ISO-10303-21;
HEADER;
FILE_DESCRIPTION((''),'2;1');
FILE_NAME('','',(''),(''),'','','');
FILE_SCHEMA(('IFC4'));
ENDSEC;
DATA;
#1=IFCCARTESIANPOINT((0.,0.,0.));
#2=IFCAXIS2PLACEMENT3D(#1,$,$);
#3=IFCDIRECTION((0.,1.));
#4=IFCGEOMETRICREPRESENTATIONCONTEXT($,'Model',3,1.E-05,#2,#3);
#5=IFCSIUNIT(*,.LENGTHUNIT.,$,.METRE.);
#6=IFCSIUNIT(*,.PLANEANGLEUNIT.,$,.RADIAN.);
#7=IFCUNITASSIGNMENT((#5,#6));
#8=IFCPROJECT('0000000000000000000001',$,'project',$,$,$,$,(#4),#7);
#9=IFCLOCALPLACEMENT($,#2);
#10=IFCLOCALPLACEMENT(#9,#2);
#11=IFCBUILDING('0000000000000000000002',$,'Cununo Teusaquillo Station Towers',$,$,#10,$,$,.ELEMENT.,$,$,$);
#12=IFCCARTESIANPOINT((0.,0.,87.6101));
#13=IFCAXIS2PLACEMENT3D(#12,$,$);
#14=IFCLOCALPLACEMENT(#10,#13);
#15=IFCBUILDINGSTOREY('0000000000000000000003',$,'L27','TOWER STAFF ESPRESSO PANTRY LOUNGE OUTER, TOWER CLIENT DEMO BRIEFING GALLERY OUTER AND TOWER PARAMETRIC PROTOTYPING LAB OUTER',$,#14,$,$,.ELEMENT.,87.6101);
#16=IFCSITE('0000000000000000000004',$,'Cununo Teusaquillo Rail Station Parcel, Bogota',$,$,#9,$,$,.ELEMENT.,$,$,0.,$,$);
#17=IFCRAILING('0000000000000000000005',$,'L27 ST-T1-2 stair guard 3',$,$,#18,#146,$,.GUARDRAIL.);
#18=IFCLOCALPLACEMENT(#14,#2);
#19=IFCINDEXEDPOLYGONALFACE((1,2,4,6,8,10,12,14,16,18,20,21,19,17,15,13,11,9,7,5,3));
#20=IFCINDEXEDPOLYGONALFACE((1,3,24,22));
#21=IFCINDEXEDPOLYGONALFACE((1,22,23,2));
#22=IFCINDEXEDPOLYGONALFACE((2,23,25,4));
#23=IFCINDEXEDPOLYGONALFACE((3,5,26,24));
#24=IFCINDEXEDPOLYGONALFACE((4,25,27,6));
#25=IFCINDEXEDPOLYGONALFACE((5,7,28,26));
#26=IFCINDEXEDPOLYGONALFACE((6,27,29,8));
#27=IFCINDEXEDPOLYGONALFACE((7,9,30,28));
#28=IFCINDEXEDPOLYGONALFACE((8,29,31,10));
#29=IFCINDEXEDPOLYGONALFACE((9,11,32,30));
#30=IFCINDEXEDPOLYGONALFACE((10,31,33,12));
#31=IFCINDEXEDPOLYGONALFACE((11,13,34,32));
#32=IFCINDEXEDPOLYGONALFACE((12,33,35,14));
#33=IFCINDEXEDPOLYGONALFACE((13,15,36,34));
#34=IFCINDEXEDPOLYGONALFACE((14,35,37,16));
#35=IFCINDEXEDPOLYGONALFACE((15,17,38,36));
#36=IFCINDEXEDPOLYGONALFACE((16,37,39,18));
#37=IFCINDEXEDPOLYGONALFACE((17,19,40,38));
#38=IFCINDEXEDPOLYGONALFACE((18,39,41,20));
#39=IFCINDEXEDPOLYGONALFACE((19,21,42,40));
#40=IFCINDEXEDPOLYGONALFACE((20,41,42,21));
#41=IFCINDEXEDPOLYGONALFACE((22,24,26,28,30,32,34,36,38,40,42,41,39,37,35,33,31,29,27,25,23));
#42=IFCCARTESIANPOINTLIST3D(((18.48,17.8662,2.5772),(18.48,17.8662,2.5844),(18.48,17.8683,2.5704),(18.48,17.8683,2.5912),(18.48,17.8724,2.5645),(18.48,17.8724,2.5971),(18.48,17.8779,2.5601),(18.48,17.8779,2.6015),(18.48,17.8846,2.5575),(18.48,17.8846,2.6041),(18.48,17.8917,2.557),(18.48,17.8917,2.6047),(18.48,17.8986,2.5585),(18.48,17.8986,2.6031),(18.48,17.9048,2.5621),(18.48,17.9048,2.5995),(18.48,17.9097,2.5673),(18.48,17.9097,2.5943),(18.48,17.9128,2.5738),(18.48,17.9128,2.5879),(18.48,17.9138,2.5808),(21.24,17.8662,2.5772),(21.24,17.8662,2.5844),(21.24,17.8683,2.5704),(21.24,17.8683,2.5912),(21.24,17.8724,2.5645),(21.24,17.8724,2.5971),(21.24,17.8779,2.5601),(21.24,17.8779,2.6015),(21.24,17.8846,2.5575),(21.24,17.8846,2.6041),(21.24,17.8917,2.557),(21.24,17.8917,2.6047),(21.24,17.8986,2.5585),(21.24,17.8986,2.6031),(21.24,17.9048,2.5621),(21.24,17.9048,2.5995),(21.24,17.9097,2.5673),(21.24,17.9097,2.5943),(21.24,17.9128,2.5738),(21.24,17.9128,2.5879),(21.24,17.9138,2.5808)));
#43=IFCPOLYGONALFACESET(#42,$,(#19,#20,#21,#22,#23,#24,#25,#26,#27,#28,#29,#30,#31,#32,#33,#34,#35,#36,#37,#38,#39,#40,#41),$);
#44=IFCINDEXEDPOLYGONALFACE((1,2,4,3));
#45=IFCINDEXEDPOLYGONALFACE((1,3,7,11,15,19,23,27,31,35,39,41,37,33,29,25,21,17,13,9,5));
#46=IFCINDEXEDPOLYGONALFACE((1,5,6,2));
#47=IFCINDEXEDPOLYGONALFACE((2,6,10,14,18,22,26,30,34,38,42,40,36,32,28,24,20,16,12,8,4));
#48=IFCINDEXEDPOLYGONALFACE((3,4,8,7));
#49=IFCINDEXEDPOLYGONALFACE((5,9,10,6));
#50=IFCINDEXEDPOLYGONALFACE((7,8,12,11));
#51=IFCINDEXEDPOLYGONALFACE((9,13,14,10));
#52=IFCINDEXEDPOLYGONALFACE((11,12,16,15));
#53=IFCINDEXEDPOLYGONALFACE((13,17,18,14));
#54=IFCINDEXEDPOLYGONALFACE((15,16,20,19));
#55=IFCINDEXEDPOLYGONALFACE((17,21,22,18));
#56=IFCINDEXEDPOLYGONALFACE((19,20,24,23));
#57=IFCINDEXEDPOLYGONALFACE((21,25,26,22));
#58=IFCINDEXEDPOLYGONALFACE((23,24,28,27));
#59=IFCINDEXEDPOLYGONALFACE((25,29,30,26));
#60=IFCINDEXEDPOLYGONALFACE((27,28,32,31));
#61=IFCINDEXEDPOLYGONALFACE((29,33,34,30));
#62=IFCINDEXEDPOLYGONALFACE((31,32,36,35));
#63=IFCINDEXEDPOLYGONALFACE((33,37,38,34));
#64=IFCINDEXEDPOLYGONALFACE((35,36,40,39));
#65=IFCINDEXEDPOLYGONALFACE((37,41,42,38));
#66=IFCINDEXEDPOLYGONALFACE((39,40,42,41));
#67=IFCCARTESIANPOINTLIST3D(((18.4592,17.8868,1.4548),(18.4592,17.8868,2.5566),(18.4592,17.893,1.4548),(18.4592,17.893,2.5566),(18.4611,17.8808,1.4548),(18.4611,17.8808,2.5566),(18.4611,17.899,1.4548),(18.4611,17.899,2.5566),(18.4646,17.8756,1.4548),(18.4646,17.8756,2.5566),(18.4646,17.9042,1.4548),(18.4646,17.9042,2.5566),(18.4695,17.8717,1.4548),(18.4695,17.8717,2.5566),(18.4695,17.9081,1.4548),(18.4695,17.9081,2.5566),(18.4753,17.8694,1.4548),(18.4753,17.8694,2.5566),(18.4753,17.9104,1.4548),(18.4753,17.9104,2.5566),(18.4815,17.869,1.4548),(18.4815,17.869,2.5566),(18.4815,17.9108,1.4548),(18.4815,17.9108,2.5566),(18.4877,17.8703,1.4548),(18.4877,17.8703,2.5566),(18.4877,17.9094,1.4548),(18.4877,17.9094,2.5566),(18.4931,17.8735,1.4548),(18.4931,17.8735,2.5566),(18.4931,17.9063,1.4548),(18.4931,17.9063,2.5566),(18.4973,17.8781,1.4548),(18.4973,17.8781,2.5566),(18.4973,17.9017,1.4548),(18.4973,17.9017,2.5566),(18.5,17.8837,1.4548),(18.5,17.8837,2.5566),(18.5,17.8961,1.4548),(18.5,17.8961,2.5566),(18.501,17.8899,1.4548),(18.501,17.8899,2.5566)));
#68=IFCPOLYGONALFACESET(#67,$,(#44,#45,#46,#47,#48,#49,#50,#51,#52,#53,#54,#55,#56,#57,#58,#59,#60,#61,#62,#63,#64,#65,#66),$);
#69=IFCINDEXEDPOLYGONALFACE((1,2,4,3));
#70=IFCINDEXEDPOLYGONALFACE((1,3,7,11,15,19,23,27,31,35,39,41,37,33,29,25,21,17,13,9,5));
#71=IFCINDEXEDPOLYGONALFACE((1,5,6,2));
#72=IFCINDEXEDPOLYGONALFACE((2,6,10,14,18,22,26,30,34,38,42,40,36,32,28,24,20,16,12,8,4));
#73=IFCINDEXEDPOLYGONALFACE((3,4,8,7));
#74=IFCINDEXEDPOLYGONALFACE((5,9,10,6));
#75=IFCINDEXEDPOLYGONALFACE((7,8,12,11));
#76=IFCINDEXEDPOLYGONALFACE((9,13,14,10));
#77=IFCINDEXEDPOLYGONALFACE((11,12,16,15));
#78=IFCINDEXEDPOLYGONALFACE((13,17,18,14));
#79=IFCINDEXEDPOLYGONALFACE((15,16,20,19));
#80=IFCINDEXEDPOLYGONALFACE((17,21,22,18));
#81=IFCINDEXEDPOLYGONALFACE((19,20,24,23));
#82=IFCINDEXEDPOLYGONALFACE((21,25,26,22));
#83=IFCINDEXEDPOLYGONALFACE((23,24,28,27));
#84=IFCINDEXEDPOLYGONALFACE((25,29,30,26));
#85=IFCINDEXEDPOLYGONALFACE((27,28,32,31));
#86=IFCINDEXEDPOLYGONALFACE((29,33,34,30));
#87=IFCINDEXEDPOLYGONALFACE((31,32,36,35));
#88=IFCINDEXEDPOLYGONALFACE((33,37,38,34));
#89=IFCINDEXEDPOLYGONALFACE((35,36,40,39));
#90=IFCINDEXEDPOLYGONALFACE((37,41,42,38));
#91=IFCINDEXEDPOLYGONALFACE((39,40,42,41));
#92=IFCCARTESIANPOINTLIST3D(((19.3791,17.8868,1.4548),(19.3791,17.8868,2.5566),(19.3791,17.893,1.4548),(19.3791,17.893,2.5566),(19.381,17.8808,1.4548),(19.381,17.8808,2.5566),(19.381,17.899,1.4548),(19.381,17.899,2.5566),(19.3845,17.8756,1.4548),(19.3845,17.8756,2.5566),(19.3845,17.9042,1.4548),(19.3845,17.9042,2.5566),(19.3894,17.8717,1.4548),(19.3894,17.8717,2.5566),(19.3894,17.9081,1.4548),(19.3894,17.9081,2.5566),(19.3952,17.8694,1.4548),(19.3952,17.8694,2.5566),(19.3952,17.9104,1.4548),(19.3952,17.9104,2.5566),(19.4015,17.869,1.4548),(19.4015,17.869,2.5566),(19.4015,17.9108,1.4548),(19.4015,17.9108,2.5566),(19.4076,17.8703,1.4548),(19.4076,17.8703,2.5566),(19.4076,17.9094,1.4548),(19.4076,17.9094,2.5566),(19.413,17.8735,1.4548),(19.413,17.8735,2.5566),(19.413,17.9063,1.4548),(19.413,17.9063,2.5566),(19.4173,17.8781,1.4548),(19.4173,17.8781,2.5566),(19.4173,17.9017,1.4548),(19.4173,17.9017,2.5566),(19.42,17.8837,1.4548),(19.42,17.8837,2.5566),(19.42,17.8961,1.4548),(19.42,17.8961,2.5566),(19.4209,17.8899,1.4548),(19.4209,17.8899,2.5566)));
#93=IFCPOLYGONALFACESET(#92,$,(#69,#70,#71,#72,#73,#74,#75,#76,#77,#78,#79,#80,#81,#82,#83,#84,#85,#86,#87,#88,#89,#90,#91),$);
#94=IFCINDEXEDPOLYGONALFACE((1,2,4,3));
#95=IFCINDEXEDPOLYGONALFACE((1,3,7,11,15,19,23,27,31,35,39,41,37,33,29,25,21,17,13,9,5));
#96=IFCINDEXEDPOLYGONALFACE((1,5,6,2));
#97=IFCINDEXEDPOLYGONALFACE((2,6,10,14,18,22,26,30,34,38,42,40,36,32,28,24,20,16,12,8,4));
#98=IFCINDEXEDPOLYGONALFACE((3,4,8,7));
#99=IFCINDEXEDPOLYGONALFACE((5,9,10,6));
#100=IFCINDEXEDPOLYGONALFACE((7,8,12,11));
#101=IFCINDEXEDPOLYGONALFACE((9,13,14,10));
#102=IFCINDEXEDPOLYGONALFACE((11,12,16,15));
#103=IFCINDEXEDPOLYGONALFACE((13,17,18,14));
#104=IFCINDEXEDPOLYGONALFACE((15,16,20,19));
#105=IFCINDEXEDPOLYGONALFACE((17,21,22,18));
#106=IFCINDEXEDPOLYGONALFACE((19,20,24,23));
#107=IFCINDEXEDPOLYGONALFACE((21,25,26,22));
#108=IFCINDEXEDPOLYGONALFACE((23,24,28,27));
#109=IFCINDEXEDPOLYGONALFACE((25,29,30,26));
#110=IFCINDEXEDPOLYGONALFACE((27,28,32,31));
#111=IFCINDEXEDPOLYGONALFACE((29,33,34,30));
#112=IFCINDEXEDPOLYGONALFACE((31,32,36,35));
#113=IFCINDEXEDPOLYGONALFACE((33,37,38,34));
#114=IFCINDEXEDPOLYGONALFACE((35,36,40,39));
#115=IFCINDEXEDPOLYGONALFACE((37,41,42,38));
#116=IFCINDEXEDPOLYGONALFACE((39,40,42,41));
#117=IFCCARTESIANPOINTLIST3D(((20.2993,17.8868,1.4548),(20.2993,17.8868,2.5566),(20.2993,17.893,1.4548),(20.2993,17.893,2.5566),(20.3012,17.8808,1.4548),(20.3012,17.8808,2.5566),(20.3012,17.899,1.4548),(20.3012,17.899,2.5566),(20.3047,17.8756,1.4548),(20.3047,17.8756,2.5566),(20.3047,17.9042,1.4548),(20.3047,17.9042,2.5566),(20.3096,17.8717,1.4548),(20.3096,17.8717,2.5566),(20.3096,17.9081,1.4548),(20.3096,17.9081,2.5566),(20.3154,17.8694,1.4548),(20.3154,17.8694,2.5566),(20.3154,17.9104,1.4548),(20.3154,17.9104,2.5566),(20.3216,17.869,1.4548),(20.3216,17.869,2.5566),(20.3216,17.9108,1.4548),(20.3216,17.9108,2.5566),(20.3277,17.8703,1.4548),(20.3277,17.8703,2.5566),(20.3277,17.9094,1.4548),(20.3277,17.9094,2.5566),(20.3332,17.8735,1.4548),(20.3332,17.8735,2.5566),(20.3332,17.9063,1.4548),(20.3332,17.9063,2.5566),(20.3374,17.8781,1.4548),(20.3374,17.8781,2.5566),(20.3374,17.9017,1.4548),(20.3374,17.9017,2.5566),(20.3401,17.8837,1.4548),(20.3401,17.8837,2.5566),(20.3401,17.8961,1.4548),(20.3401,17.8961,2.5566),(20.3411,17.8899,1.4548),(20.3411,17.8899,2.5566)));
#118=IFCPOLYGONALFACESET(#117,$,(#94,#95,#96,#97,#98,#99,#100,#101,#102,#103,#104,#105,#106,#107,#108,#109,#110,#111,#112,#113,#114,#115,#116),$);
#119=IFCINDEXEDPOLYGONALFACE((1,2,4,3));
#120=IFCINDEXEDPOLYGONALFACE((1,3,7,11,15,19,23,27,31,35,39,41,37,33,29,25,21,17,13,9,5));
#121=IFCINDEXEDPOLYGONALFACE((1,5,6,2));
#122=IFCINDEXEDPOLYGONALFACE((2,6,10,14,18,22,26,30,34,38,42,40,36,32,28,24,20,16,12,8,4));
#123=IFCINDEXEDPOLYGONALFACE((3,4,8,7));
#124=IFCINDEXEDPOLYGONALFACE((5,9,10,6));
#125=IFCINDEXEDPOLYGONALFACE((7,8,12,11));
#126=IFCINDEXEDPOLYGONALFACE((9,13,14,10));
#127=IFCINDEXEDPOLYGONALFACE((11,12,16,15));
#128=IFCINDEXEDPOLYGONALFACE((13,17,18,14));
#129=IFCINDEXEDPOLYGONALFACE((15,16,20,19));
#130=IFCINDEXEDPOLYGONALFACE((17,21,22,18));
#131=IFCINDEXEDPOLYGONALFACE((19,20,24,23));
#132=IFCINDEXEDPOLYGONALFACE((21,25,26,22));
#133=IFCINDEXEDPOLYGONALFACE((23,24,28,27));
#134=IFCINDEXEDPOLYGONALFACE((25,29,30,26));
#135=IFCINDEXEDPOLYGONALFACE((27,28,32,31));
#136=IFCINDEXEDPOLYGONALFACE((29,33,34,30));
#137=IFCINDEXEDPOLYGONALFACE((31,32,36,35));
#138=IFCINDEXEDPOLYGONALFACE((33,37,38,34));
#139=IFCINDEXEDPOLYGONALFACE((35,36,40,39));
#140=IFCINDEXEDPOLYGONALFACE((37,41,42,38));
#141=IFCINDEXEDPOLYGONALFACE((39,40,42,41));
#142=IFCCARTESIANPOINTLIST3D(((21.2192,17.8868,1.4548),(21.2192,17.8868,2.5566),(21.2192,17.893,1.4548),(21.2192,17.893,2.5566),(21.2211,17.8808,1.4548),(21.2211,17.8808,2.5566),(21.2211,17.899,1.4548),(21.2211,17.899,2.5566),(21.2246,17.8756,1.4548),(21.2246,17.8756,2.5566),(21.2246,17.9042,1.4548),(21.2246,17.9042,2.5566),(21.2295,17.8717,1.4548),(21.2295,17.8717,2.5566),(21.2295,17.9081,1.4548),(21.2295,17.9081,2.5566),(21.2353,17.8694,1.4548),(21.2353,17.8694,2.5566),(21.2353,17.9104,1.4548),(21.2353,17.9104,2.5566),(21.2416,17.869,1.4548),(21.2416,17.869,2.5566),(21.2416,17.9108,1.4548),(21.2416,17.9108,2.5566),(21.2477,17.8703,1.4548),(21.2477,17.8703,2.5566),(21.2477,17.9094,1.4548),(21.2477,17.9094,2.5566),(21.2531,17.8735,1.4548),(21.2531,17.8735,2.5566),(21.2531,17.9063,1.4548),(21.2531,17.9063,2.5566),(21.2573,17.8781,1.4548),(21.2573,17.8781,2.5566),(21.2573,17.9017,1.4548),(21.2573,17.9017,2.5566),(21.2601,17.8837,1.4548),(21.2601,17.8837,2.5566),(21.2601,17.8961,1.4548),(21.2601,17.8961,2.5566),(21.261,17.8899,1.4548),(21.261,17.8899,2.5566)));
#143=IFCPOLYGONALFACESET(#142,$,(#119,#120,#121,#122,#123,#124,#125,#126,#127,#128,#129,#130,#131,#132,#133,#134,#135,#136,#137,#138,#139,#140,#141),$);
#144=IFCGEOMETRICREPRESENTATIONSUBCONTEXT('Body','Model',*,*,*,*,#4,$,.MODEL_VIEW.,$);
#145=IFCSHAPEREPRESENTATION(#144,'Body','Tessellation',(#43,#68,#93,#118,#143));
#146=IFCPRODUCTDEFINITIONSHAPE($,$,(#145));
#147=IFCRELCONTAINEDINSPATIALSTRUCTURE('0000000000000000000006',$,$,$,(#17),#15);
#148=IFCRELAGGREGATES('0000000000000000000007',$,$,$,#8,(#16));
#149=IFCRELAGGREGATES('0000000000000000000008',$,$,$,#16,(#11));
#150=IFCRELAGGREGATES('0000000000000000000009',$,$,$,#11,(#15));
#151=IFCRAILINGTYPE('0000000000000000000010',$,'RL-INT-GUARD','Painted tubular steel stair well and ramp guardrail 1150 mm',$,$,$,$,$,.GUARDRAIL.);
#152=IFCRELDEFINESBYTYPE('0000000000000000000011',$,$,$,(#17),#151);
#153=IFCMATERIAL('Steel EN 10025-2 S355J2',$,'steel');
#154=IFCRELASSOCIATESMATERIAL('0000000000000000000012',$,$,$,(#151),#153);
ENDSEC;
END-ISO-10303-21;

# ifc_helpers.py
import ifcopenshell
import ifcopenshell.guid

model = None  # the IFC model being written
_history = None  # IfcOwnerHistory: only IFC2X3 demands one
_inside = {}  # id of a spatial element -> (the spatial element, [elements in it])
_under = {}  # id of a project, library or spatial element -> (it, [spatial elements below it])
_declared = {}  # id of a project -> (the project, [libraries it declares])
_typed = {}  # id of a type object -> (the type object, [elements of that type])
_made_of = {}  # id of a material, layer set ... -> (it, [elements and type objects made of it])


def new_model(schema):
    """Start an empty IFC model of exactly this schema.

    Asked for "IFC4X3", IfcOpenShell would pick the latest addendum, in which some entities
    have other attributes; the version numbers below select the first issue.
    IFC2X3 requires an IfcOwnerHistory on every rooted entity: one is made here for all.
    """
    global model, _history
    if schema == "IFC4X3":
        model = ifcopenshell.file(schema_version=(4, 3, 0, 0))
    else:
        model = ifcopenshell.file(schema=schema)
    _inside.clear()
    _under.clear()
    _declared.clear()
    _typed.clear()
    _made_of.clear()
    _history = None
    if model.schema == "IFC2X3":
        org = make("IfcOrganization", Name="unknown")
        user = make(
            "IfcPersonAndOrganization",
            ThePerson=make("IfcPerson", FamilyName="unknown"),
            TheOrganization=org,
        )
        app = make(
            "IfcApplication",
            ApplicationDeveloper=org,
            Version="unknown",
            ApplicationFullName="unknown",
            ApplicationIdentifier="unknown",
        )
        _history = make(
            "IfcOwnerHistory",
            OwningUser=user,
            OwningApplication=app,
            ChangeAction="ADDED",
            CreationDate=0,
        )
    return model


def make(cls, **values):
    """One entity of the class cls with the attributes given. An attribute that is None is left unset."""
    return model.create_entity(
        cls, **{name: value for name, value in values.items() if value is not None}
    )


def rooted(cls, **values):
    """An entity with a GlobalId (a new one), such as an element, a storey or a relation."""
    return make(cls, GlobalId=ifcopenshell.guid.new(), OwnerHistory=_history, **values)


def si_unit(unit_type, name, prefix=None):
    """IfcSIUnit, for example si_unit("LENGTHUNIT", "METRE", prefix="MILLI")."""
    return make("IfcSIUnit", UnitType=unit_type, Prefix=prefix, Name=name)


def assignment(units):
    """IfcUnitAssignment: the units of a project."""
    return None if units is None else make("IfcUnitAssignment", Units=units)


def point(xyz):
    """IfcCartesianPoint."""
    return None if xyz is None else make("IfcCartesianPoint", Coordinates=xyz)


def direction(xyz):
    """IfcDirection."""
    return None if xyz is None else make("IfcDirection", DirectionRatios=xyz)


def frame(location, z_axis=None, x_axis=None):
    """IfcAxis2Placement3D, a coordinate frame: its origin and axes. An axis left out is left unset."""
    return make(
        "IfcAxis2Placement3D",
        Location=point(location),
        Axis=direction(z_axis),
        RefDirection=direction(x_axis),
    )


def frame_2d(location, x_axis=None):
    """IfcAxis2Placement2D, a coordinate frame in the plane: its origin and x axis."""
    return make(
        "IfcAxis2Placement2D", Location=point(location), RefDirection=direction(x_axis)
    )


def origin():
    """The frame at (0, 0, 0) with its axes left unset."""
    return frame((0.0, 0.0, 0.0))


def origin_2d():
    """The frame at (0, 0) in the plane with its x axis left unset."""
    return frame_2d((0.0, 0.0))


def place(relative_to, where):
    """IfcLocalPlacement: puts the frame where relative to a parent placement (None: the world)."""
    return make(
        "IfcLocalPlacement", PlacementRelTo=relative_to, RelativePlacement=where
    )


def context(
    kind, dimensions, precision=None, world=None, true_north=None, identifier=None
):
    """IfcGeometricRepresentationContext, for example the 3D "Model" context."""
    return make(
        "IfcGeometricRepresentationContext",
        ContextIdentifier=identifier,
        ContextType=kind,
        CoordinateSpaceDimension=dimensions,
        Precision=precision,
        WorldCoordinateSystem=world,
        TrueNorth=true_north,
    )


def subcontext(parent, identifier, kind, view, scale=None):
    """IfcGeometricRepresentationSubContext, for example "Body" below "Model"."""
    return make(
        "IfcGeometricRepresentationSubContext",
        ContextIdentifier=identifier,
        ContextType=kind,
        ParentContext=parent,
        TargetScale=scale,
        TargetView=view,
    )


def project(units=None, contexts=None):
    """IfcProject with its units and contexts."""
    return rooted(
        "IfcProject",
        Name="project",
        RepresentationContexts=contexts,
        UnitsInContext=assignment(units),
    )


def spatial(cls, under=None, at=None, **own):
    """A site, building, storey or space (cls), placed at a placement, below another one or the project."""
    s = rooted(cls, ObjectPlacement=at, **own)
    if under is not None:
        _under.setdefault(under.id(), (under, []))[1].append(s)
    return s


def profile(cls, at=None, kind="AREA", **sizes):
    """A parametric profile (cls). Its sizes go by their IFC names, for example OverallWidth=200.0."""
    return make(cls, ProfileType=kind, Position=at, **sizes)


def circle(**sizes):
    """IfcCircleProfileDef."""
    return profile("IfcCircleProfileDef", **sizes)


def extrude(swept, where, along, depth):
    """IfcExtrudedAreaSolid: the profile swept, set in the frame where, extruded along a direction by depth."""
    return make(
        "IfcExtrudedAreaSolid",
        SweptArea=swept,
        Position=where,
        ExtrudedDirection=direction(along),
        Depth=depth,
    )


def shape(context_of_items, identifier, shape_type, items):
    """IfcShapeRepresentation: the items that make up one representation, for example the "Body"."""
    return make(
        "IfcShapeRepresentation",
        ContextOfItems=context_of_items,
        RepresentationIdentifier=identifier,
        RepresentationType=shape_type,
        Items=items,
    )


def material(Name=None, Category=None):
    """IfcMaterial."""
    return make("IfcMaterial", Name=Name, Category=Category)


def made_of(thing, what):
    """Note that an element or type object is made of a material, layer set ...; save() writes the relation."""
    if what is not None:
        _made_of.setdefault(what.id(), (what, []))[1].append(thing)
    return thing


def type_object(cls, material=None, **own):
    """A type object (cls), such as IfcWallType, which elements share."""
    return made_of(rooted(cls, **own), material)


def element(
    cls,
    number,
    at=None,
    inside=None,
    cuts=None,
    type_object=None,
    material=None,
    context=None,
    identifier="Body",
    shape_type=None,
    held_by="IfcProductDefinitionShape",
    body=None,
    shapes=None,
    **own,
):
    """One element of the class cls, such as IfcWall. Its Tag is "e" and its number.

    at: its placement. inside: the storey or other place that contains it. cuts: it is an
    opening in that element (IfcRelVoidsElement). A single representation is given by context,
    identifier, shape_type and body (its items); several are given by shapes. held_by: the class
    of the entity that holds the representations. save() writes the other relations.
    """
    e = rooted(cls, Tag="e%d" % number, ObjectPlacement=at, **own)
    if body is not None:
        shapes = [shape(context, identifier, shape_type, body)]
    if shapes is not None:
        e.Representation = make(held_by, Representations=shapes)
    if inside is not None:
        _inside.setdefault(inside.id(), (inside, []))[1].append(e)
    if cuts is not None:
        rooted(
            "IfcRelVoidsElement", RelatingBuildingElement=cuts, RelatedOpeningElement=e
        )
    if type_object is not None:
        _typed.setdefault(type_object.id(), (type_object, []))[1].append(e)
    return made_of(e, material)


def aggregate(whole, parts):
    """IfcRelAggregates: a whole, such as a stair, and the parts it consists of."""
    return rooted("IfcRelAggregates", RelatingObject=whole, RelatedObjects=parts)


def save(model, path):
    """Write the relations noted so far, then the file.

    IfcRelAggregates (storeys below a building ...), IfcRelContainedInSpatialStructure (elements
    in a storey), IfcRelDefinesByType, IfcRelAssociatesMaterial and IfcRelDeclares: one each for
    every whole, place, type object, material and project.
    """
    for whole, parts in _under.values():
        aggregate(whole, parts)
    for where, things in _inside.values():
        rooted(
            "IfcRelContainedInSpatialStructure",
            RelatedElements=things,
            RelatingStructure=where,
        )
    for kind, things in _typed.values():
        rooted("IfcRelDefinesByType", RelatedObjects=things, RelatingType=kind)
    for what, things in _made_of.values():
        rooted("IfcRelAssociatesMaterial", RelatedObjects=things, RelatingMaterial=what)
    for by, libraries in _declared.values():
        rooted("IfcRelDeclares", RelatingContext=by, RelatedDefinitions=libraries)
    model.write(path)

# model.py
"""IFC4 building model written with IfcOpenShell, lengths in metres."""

from ifc_helpers import new_model, si_unit, direction, frame, origin, origin_2d, place, context, subcontext, project, spatial, circle, extrude, material, type_object, element, save


model = new_model("IFC4")

# Units and contexts
model_context = context("Model", 3, precision=1e-05, world=origin(), true_north=direction((0.0, 1.0)))
body_context = subcontext(model_context, "Body", "Model", "MODEL_VIEW")
ifc_project = project(units=[si_unit("LENGTHUNIT", "METRE"), si_unit("PLANEANGLEUNIT", "RADIAN")], contexts=[model_context])

# Site, building, storey
site_placement = place(None, origin())
site = spatial("IfcSite", under=ifc_project, at=site_placement, Name="Cununo Teusaquillo Rail Station Parcel, Bogota", CompositionType="ELEMENT", RefElevation=0.0)
building_placement = place(site_placement, origin())
building = spatial("IfcBuilding", under=site, at=building_placement, Name="Cununo Teusaquillo Station Towers", CompositionType="ELEMENT")
storey_placement = place(building_placement, frame((0.0, 0.0, 87.6101)))
storey = spatial("IfcBuildingStorey", under=building, at=storey_placement, Name="L27", Description="TOWER STAFF ESPRESSO PANTRY LOUNGE OUTER, TOWER CLIENT DEMO BRIEFING GALLERY OUTER AND TOWER PARAMETRIC PROTOTYPING LAB OUTER", CompositionType="ELEMENT", Elevation=87.6101)

# Railing
ifc_material_1 = material(Name="Steel EN 10025-2 S355J2", Category="steel")
railing_type_1 = type_object("IfcRailingType", Name="RL-INT-GUARD", Description="Painted tubular steel stair well and ramp guardrail 1150 mm", PredefinedType="GUARDRAIL", material=ifc_material_1)
railing_1_placement = place(storey_placement, frame((18.48, 17.8899, 1.4548)))
element("IfcRailing", 1, at=railing_1_placement, inside=storey, type_object=railing_type_1, Name="L27 ST-T1-2 stair guard 3", PredefinedType="GUARDRAIL", context=body_context, shape_type="SweptSolid", body=[
    extrude(circle(Radius=0.0239, at=origin_2d()), frame((0.0, 0.0, 1.126), z_axis=(1.0, 0.0, 0.0), x_axis=(0.0, 1.0, 0.0)), (0.0, 0.0, 1.0), 2.76),
    extrude(circle(Radius=0.021, at=origin_2d()), origin(), (0.0, 0.0, 1.0), 1.1018),
    extrude(circle(Radius=0.021, at=origin_2d()), frame((0.9199, 0.0, 0.0)), (0.0, 0.0, 1.0), 1.1018),
    extrude(circle(Radius=0.021, at=origin_2d()), frame((1.8401, 0.0, 0.0)), (0.0, 0.0, 1.0), 1.1018),
    extrude(circle(Radius=0.021, at=origin_2d()), frame((2.76, 0.0, 0.0)), (0.0, 0.0, 1.0), 1.1018),
])

save(model, "model.ifc")
